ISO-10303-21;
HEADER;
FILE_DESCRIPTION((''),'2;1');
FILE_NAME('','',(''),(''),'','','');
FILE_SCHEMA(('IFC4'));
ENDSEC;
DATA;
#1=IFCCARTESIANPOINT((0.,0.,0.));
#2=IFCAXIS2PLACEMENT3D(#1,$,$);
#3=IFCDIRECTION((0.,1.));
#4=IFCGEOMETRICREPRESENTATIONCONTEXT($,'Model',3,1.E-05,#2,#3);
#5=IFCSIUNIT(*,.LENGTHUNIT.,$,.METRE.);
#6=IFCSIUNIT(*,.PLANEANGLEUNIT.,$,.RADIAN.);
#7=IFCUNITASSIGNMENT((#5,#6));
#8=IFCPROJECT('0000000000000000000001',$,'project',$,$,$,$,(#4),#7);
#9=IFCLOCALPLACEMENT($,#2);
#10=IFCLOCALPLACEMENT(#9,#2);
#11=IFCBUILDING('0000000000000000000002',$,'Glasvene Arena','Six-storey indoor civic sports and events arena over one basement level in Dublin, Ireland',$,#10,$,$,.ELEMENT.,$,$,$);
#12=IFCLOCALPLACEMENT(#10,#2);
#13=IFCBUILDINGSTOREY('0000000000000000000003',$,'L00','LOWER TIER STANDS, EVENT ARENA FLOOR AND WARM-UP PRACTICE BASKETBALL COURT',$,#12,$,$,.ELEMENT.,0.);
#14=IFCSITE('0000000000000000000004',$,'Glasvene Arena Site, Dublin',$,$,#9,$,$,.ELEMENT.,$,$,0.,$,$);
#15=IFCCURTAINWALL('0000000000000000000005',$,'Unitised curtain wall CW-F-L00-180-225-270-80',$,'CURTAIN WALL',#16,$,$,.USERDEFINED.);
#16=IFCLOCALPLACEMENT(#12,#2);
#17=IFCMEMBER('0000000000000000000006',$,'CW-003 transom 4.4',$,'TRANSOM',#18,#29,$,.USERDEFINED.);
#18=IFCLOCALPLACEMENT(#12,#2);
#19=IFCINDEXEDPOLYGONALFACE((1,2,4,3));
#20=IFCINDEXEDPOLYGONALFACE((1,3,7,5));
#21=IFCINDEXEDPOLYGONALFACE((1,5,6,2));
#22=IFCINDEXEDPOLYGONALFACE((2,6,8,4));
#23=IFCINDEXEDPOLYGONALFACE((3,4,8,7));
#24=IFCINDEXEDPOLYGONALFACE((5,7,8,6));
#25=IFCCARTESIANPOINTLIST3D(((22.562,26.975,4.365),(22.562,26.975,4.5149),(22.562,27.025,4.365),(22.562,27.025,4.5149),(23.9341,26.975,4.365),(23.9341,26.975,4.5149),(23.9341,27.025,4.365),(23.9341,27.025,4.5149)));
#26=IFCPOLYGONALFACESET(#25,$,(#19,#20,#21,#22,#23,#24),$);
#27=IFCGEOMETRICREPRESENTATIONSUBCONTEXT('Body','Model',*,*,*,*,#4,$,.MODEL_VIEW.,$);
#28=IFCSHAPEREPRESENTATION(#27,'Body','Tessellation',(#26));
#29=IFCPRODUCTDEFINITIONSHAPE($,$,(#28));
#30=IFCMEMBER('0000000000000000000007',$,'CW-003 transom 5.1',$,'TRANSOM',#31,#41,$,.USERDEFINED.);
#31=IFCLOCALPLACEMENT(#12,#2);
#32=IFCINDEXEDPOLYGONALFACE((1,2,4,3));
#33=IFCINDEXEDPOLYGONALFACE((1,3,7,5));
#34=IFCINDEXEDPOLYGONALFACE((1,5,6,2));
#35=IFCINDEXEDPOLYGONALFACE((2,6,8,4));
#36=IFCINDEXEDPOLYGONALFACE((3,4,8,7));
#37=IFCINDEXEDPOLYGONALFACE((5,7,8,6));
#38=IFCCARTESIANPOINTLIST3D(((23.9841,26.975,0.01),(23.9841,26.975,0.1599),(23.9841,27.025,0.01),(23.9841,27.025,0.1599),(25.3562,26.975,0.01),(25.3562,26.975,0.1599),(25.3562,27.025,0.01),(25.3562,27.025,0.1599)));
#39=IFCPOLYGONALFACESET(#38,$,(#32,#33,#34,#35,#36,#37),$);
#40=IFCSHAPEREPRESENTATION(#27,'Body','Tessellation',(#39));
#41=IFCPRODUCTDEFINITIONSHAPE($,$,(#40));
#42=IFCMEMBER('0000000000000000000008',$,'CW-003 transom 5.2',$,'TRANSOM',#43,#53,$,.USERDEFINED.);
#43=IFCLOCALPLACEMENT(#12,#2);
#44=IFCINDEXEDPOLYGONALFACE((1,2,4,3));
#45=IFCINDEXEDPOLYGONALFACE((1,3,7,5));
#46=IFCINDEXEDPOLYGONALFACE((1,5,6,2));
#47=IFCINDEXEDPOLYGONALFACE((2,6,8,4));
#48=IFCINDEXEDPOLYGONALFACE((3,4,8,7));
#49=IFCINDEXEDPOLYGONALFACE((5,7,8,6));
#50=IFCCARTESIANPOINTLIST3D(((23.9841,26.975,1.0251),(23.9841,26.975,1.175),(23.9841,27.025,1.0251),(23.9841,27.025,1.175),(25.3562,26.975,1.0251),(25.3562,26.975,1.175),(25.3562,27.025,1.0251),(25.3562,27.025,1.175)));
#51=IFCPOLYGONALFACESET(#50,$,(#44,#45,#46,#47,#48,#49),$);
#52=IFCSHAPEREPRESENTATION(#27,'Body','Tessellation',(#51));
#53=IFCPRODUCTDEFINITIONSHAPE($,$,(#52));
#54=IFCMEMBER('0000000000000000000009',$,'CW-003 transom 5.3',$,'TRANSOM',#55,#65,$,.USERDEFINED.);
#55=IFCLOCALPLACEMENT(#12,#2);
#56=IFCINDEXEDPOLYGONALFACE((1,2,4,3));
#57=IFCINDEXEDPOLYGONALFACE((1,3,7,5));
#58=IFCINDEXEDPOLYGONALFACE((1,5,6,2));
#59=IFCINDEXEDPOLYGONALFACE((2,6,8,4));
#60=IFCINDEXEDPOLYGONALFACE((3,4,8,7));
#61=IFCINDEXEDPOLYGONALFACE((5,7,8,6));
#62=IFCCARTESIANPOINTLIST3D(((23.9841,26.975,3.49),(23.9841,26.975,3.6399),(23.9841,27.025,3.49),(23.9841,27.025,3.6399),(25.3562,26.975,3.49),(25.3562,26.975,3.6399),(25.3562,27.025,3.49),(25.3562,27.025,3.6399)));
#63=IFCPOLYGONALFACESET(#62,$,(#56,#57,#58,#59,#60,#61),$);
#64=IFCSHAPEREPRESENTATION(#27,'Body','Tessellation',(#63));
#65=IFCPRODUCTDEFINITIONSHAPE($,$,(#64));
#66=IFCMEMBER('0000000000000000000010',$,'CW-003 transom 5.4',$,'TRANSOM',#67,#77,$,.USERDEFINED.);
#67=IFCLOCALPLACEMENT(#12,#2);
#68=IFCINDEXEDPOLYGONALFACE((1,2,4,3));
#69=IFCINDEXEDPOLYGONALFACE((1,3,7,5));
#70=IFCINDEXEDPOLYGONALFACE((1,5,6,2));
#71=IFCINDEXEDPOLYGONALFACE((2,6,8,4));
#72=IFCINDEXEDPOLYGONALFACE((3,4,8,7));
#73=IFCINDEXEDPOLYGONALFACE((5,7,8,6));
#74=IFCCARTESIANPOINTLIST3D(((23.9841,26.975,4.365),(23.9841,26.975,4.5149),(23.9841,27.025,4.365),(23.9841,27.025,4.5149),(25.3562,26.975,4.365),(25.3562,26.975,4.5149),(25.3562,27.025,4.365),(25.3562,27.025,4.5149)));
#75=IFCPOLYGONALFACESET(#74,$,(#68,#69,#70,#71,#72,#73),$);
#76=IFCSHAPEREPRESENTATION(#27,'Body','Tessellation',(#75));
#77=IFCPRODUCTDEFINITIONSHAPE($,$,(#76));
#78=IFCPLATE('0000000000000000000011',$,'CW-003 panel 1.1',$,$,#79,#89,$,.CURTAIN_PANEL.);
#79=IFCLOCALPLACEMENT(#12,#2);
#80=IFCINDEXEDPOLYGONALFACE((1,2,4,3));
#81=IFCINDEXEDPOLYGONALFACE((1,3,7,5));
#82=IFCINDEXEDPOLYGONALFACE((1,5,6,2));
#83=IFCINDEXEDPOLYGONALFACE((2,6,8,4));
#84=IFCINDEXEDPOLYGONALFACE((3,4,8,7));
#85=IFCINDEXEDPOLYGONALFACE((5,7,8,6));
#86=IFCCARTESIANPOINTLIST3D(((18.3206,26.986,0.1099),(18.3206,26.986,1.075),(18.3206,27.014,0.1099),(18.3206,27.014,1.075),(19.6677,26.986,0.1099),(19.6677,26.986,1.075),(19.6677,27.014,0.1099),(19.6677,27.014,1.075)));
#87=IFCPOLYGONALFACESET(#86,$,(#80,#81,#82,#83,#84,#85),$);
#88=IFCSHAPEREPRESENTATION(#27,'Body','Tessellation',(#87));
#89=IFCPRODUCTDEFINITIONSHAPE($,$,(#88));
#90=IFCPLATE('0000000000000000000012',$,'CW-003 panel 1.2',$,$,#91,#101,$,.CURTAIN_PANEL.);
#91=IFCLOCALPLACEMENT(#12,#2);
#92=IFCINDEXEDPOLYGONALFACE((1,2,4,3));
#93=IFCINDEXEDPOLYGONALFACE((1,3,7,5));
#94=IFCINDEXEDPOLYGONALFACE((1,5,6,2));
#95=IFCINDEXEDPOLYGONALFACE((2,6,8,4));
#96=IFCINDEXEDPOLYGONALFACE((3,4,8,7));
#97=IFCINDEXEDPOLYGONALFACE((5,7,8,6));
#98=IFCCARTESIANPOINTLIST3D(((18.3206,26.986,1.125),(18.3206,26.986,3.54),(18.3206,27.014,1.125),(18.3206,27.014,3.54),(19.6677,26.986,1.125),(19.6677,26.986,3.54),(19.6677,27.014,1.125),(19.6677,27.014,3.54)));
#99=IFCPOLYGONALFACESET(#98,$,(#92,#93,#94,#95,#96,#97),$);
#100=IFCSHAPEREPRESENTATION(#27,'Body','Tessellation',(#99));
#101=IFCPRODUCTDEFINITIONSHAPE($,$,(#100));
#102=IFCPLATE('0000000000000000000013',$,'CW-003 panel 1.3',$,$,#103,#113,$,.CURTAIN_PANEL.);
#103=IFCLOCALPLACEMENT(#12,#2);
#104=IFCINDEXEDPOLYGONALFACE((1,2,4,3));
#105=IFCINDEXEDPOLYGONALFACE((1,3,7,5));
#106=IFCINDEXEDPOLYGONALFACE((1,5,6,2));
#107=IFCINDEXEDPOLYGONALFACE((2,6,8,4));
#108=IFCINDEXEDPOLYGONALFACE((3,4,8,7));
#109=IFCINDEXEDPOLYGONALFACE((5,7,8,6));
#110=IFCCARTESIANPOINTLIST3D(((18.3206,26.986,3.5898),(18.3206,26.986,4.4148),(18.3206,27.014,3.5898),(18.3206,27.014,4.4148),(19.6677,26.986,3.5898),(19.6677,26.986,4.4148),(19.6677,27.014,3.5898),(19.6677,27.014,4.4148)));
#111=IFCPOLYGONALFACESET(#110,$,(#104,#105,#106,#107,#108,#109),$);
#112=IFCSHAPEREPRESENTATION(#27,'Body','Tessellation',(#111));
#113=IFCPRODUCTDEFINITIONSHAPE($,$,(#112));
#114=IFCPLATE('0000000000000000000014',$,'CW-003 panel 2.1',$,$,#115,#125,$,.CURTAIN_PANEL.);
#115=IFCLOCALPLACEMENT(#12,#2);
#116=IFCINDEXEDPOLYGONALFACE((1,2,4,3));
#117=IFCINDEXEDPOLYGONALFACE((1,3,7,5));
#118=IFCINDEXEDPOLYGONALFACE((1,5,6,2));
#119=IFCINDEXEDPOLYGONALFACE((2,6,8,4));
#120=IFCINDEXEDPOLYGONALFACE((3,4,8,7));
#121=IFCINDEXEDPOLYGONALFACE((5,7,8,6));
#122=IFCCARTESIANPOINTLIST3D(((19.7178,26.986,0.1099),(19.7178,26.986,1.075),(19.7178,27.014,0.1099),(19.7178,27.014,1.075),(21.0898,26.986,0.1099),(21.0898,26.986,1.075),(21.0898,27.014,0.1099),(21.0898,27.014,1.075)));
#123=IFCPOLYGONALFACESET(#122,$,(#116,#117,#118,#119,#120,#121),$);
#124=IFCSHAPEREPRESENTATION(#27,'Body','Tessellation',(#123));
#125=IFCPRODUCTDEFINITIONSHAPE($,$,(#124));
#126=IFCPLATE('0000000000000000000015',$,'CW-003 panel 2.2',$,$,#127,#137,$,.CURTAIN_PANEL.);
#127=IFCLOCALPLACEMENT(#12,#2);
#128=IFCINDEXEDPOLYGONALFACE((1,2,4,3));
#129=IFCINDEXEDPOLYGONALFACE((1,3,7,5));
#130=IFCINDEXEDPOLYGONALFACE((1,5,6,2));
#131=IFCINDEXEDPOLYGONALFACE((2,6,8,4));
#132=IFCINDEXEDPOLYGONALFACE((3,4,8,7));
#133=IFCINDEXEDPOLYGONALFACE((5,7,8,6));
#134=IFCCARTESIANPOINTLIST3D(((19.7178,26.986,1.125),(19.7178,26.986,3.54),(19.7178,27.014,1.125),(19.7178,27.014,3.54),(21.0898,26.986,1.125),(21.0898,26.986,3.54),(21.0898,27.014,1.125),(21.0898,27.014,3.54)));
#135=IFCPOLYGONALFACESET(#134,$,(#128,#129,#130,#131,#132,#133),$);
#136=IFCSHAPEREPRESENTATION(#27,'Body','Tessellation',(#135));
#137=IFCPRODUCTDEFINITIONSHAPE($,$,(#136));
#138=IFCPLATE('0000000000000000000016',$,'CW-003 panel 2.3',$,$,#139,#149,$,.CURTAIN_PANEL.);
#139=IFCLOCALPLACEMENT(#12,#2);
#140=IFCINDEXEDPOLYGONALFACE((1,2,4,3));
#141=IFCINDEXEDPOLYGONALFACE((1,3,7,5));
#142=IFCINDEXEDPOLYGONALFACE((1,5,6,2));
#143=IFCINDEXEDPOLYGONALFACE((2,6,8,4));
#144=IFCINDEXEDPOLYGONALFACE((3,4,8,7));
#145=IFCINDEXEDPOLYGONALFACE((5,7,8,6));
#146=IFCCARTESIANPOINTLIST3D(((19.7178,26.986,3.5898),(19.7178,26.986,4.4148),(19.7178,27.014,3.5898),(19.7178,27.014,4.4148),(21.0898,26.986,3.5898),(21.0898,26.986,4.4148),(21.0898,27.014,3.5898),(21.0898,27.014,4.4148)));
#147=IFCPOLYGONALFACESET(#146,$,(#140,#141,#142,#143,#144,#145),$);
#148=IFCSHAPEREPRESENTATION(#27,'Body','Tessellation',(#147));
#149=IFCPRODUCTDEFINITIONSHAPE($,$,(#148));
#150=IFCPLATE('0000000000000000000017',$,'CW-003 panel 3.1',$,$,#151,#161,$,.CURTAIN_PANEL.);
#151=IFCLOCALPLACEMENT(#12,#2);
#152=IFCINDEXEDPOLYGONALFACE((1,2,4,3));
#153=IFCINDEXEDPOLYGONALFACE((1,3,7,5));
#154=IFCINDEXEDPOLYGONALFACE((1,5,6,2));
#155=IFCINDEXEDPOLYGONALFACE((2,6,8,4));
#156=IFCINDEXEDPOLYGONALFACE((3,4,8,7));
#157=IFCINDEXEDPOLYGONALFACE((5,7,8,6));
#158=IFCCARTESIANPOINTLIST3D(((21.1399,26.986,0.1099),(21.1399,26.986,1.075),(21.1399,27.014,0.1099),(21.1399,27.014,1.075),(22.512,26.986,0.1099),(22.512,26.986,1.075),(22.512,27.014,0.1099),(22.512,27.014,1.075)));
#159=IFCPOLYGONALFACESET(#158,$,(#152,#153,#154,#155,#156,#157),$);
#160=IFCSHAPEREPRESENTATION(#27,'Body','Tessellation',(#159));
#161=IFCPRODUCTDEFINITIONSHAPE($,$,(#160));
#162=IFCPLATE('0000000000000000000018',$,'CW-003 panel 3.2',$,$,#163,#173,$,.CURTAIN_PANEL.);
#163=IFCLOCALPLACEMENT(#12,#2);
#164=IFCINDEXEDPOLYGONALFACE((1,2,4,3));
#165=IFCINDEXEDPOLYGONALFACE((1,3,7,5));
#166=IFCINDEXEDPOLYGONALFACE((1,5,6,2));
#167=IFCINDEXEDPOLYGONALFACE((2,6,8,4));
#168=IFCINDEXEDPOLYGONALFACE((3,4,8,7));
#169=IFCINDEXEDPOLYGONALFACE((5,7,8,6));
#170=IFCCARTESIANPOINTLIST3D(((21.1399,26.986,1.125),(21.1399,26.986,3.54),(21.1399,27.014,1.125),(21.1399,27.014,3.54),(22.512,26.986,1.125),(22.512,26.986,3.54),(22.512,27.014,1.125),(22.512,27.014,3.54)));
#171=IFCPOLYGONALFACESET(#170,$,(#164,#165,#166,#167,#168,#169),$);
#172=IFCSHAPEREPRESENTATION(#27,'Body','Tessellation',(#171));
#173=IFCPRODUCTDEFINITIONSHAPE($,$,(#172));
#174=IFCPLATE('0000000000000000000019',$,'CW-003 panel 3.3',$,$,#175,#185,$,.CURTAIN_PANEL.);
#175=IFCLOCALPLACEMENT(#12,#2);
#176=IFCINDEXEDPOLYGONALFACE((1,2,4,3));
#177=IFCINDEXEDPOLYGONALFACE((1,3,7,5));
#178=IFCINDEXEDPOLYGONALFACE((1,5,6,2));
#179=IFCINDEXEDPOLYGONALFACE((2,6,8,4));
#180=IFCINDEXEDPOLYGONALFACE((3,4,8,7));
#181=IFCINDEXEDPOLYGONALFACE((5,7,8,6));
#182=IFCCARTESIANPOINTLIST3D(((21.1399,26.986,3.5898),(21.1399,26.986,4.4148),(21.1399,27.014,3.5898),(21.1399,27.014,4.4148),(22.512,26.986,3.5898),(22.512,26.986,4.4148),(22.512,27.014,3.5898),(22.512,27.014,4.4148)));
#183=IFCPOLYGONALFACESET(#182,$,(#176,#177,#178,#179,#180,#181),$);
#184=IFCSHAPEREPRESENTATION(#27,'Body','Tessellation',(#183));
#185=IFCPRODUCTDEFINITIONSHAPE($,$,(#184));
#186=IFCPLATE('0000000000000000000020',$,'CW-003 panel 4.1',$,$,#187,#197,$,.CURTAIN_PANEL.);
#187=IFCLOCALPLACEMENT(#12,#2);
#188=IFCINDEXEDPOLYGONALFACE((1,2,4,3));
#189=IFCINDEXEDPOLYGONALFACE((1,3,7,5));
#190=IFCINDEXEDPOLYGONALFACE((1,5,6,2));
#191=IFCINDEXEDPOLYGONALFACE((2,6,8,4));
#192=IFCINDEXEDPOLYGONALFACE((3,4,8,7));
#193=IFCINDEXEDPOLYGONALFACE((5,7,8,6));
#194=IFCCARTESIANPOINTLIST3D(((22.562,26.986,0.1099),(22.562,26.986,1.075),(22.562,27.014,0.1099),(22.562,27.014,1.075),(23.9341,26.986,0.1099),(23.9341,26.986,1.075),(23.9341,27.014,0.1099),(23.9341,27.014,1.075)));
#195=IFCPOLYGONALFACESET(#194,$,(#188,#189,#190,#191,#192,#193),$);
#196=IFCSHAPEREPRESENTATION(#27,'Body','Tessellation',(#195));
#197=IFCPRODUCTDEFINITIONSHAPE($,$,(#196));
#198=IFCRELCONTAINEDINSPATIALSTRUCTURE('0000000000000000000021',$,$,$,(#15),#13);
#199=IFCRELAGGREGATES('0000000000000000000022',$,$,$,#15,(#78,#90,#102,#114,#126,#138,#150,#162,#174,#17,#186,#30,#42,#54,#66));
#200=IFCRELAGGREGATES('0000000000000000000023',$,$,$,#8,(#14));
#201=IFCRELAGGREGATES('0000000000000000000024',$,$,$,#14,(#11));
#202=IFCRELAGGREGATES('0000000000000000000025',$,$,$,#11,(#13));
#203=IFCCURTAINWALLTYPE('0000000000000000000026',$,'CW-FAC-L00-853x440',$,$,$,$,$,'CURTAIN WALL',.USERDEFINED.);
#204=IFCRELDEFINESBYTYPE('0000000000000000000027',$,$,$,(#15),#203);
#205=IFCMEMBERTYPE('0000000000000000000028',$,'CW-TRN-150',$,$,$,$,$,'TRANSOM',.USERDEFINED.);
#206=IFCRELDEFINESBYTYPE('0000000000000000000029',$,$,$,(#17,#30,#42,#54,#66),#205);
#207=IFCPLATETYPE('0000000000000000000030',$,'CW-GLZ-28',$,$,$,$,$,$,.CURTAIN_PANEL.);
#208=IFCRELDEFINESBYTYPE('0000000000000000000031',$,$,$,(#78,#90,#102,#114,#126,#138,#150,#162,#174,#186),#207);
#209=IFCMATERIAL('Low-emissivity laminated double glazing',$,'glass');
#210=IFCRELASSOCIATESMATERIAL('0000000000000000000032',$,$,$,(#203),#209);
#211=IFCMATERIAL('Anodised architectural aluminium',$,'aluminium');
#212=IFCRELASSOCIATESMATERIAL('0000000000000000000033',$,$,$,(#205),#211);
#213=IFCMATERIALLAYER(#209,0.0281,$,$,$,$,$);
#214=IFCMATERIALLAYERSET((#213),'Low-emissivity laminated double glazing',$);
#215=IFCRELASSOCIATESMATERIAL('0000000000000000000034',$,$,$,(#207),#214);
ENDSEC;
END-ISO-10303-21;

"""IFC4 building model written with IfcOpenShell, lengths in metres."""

from ifc_helpers import new_model, si_unit, direction, frame, origin, origin_2d, place, context, subcontext, project, spatial, rectangle, extrude, material, layer, layer_set, material_profile, profile_set, type_object, element, aggregate, save


model = new_model("IFC4")

# Units and contexts
model_context = context("Model", 3, precision=1e-05, world=origin(), true_north=direction((0.0, 1.0)))
body_context = subcontext(model_context, "Body", "Model", "MODEL_VIEW")
ifc_project = project(units=[si_unit("LENGTHUNIT", "METRE"), si_unit("PLANEANGLEUNIT", "RADIAN")], contexts=[model_context])

# Site, building, storey
site_placement = place(None, origin())
site = spatial("IfcSite", under=ifc_project, at=site_placement, Name="Glasvene Arena Site, Dublin", CompositionType="ELEMENT", RefElevation=0.0)
building_placement = place(site_placement, origin())
building = spatial("IfcBuilding", under=site, at=building_placement, Name="Glasvene Arena", Description="Six-storey indoor civic sports and events arena over one basement level in Dublin, Ireland", CompositionType="ELEMENT")
storey_placement = place(building_placement, origin())
storey = spatial("IfcBuildingStorey", under=building, at=storey_placement, Name="L00", Description="LOWER TIER STANDS, EVENT ARENA FLOOR AND WARM-UP PRACTICE BASKETBALL COURT", CompositionType="ELEMENT", Elevation=0.0)

# Curtain wall, members, plates
ifc_material_1 = material(Name="Low-emissivity laminated double glazing", Category="glass")
curtain_wall_type = type_object("IfcCurtainWallType", Name="CW-FAC-L00-853x440", ElementType="CURTAIN WALL", PredefinedType="USERDEFINED", material=ifc_material_1)
curtain_wall_placement = place(storey_placement, frame((18.2705, 27.0, 0.0)))
curtain_wall = element("IfcCurtainWall", 1, at=curtain_wall_placement, inside=storey, type_object=curtain_wall_type, Name="Unitised curtain wall CW-F-L00-180-225-270-80", ObjectType="CURTAIN WALL", PredefinedType="USERDEFINED")
ifc_material_2 = material(Name="Anodised architectural aluminium", Category="aluminium")
ifc_material_profile_1 = material_profile(ifc_material_2, rectangle(XDim=0.05, YDim=0.1499, at=origin_2d()), Name="ALU TRANSOM 50x150")
ifc_profile_set_1 = profile_set([ifc_material_profile_1], Name="Anodised architectural aluminium")
member_type_1 = type_object("IfcMemberType", Name="CW-TRN-150", ElementType="TRANSOM", PredefinedType="USERDEFINED", material=ifc_profile_set_1)
member_1_placement = place(storey_placement, frame((22.562, 27.0, 4.4399), z_axis=(1.0, 0.0, 0.0), x_axis=(0.0, 1.0, 0.0)))
member_1 = element("IfcMember", 2, at=member_1_placement, type_object=member_type_1, Name="CW-003 transom 4.4", ObjectType="TRANSOM", PredefinedType="USERDEFINED", context=body_context, shape_type="SweptSolid", body=[
    extrude(rectangle(XDim=0.05, YDim=0.1499, at=origin_2d()), origin(), (0.0, 0.0, 1.0), 1.3721),
])
member_2_placement = place(storey_placement, frame((23.9841, 27.0, 0.085), z_axis=(1.0, 0.0, 0.0), x_axis=(0.0, 1.0, 0.0)))
member_2 = element("IfcMember", 3, at=member_2_placement, type_object=member_type_1, Name="CW-003 transom 5.1", ObjectType="TRANSOM", PredefinedType="USERDEFINED", context=body_context, shape_type="SweptSolid", body=[
    extrude(rectangle(XDim=0.05, YDim=0.1499, at=origin_2d()), origin(), (0.0, 0.0, 1.0), 1.3721),
])
member_3_placement = place(storey_placement, frame((23.9841, 27.0, 1.1001), z_axis=(1.0, 0.0, 0.0), x_axis=(0.0, 1.0, 0.0)))
member_3 = element("IfcMember", 4, at=member_3_placement, type_object=member_type_1, Name="CW-003 transom 5.2", ObjectType="TRANSOM", PredefinedType="USERDEFINED", context=body_context, shape_type="SweptSolid", body=[
    extrude(rectangle(XDim=0.05, YDim=0.1499, at=origin_2d()), origin(), (0.0, 0.0, 1.0), 1.3721),
])
member_4_placement = place(storey_placement, frame((23.9841, 27.0, 3.5649), z_axis=(1.0, 0.0, 0.0), x_axis=(0.0, 1.0, 0.0)))
member_4 = element("IfcMember", 5, at=member_4_placement, type_object=member_type_1, Name="CW-003 transom 5.3", ObjectType="TRANSOM", PredefinedType="USERDEFINED", context=body_context, shape_type="SweptSolid", body=[
    extrude(rectangle(XDim=0.05, YDim=0.1499, at=origin_2d()), origin(), (0.0, 0.0, 1.0), 1.3721),
])
member_5_placement = place(storey_placement, frame((23.9841, 27.0, 4.4399), z_axis=(1.0, 0.0, 0.0), x_axis=(0.0, 1.0, 0.0)))
member_5 = element("IfcMember", 6, at=member_5_placement, type_object=member_type_1, Name="CW-003 transom 5.4", ObjectType="TRANSOM", PredefinedType="USERDEFINED", context=body_context, shape_type="SweptSolid", body=[
    extrude(rectangle(XDim=0.05, YDim=0.1499, at=origin_2d()), origin(), (0.0, 0.0, 1.0), 1.3721),
])
ifc_layer = layer(ifc_material_1, 0.0281)
ifc_layer_set = layer_set([ifc_layer], Name="Low-emissivity laminated double glazing")
plate_type = type_object("IfcPlateType", Name="CW-GLZ-28", PredefinedType="CURTAIN_PANEL", material=ifc_layer_set)
plate_1_placement = place(storey_placement, frame((18.9941, 27.0, 0.1099), z_axis=(0.0, 0.0, 1.0), x_axis=(1.0, 0.0, 0.0)))
plate_1 = element("IfcPlate", 7, at=plate_1_placement, type_object=plate_type, Name="CW-003 panel 1.1", PredefinedType="CURTAIN_PANEL", context=body_context, shape_type="SweptSolid", body=[
    extrude(rectangle(XDim=1.3472, YDim=0.0281, at=origin_2d()), origin(), (0.0, 0.0, 1.0), 0.9651),
])
plate_2_placement = place(storey_placement, frame((18.9941, 27.0, 1.125), z_axis=(0.0, 0.0, 1.0), x_axis=(1.0, 0.0, 0.0)))
plate_2 = element("IfcPlate", 8, at=plate_2_placement, type_object=plate_type, Name="CW-003 panel 1.2", PredefinedType="CURTAIN_PANEL", context=body_context, shape_type="SweptSolid", body=[
    extrude(rectangle(XDim=1.3472, YDim=0.0281, at=origin_2d()), origin(), (0.0, 0.0, 1.0), 2.415),
])
plate_3_placement = place(storey_placement, frame((18.9941, 27.0, 3.5898), z_axis=(0.0, 0.0, 1.0), x_axis=(1.0, 0.0, 0.0)))
plate_3 = element("IfcPlate", 9, at=plate_3_placement, type_object=plate_type, Name="CW-003 panel 1.3", PredefinedType="CURTAIN_PANEL", context=body_context, shape_type="SweptSolid", body=[
    extrude(rectangle(XDim=1.3472, YDim=0.0281, at=origin_2d()), origin(), (0.0, 0.0, 1.0), 0.825),
])
plate_4_placement = place(storey_placement, frame((20.4038, 27.0, 0.1099), z_axis=(0.0, 0.0, 1.0), x_axis=(1.0, 0.0, 0.0)))
plate_4 = element("IfcPlate", 10, at=plate_4_placement, type_object=plate_type, Name="CW-003 panel 2.1", PredefinedType="CURTAIN_PANEL", context=body_context, shape_type="SweptSolid", body=[
    extrude(rectangle(XDim=1.3721, YDim=0.0281, at=origin_2d()), origin(), (0.0, 0.0, 1.0), 0.9651),
])
plate_5_placement = place(storey_placement, frame((20.4038, 27.0, 1.125), z_axis=(0.0, 0.0, 1.0), x_axis=(1.0, 0.0, 0.0)))
plate_5 = element("IfcPlate", 11, at=plate_5_placement, type_object=plate_type, Name="CW-003 panel 2.2", PredefinedType="CURTAIN_PANEL", context=body_context, shape_type="SweptSolid", body=[
    extrude(rectangle(XDim=1.3721, YDim=0.0281, at=origin_2d()), origin(), (0.0, 0.0, 1.0), 2.415),
])
plate_6_placement = place(storey_placement, frame((20.4038, 27.0, 3.5898), z_axis=(0.0, 0.0, 1.0), x_axis=(1.0, 0.0, 0.0)))
plate_6 = element("IfcPlate", 12, at=plate_6_placement, type_object=plate_type, Name="CW-003 panel 2.3", PredefinedType="CURTAIN_PANEL", context=body_context, shape_type="SweptSolid", body=[
    extrude(rectangle(XDim=1.3721, YDim=0.0281, at=origin_2d()), origin(), (0.0, 0.0, 1.0), 0.825),
])
plate_7_placement = place(storey_placement, frame((21.8259, 27.0, 0.1099), z_axis=(0.0, 0.0, 1.0), x_axis=(1.0, 0.0, 0.0)))
plate_7 = element("IfcPlate", 13, at=plate_7_placement, type_object=plate_type, Name="CW-003 panel 3.1", PredefinedType="CURTAIN_PANEL", context=body_context, shape_type="SweptSolid", body=[
    extrude(rectangle(XDim=1.3721, YDim=0.0281, at=origin_2d()), origin(), (0.0, 0.0, 1.0), 0.9651),
])
plate_8_placement = place(storey_placement, frame((21.8259, 27.0, 1.125), z_axis=(0.0, 0.0, 1.0), x_axis=(1.0, 0.0, 0.0)))
plate_8 = element("IfcPlate", 14, at=plate_8_placement, type_object=plate_type, Name="CW-003 panel 3.2", PredefinedType="CURTAIN_PANEL", context=body_context, shape_type="SweptSolid", body=[
    extrude(rectangle(XDim=1.3721, YDim=0.0281, at=origin_2d()), origin(), (0.0, 0.0, 1.0), 2.415),
])
plate_9_placement = place(storey_placement, frame((21.8259, 27.0, 3.5898), z_axis=(0.0, 0.0, 1.0), x_axis=(1.0, 0.0, 0.0)))
plate_9 = element("IfcPlate", 15, at=plate_9_placement, type_object=plate_type, Name="CW-003 panel 3.3", PredefinedType="CURTAIN_PANEL", context=body_context, shape_type="SweptSolid", body=[
    extrude(rectangle(XDim=1.3721, YDim=0.0281, at=origin_2d()), origin(), (0.0, 0.0, 1.0), 0.825),
])
plate_10_placement = place(storey_placement, frame((23.248, 27.0, 0.1099), z_axis=(0.0, 0.0, 1.0), x_axis=(1.0, 0.0, 0.0)))
plate_10 = element("IfcPlate", 16, at=plate_10_placement, type_object=plate_type, Name="CW-003 panel 4.1", PredefinedType="CURTAIN_PANEL", context=body_context, shape_type="SweptSolid", body=[
    extrude(rectangle(XDim=1.3721, YDim=0.0281, at=origin_2d()), origin(), (0.0, 0.0, 1.0), 0.9651),
])
aggregate(curtain_wall, [plate_1, plate_2, plate_3, plate_4, plate_5, plate_6, plate_7, plate_8, plate_9, member_1, plate_10, member_2, member_3, member_4, member_5])

save(model, "model.ifc")
